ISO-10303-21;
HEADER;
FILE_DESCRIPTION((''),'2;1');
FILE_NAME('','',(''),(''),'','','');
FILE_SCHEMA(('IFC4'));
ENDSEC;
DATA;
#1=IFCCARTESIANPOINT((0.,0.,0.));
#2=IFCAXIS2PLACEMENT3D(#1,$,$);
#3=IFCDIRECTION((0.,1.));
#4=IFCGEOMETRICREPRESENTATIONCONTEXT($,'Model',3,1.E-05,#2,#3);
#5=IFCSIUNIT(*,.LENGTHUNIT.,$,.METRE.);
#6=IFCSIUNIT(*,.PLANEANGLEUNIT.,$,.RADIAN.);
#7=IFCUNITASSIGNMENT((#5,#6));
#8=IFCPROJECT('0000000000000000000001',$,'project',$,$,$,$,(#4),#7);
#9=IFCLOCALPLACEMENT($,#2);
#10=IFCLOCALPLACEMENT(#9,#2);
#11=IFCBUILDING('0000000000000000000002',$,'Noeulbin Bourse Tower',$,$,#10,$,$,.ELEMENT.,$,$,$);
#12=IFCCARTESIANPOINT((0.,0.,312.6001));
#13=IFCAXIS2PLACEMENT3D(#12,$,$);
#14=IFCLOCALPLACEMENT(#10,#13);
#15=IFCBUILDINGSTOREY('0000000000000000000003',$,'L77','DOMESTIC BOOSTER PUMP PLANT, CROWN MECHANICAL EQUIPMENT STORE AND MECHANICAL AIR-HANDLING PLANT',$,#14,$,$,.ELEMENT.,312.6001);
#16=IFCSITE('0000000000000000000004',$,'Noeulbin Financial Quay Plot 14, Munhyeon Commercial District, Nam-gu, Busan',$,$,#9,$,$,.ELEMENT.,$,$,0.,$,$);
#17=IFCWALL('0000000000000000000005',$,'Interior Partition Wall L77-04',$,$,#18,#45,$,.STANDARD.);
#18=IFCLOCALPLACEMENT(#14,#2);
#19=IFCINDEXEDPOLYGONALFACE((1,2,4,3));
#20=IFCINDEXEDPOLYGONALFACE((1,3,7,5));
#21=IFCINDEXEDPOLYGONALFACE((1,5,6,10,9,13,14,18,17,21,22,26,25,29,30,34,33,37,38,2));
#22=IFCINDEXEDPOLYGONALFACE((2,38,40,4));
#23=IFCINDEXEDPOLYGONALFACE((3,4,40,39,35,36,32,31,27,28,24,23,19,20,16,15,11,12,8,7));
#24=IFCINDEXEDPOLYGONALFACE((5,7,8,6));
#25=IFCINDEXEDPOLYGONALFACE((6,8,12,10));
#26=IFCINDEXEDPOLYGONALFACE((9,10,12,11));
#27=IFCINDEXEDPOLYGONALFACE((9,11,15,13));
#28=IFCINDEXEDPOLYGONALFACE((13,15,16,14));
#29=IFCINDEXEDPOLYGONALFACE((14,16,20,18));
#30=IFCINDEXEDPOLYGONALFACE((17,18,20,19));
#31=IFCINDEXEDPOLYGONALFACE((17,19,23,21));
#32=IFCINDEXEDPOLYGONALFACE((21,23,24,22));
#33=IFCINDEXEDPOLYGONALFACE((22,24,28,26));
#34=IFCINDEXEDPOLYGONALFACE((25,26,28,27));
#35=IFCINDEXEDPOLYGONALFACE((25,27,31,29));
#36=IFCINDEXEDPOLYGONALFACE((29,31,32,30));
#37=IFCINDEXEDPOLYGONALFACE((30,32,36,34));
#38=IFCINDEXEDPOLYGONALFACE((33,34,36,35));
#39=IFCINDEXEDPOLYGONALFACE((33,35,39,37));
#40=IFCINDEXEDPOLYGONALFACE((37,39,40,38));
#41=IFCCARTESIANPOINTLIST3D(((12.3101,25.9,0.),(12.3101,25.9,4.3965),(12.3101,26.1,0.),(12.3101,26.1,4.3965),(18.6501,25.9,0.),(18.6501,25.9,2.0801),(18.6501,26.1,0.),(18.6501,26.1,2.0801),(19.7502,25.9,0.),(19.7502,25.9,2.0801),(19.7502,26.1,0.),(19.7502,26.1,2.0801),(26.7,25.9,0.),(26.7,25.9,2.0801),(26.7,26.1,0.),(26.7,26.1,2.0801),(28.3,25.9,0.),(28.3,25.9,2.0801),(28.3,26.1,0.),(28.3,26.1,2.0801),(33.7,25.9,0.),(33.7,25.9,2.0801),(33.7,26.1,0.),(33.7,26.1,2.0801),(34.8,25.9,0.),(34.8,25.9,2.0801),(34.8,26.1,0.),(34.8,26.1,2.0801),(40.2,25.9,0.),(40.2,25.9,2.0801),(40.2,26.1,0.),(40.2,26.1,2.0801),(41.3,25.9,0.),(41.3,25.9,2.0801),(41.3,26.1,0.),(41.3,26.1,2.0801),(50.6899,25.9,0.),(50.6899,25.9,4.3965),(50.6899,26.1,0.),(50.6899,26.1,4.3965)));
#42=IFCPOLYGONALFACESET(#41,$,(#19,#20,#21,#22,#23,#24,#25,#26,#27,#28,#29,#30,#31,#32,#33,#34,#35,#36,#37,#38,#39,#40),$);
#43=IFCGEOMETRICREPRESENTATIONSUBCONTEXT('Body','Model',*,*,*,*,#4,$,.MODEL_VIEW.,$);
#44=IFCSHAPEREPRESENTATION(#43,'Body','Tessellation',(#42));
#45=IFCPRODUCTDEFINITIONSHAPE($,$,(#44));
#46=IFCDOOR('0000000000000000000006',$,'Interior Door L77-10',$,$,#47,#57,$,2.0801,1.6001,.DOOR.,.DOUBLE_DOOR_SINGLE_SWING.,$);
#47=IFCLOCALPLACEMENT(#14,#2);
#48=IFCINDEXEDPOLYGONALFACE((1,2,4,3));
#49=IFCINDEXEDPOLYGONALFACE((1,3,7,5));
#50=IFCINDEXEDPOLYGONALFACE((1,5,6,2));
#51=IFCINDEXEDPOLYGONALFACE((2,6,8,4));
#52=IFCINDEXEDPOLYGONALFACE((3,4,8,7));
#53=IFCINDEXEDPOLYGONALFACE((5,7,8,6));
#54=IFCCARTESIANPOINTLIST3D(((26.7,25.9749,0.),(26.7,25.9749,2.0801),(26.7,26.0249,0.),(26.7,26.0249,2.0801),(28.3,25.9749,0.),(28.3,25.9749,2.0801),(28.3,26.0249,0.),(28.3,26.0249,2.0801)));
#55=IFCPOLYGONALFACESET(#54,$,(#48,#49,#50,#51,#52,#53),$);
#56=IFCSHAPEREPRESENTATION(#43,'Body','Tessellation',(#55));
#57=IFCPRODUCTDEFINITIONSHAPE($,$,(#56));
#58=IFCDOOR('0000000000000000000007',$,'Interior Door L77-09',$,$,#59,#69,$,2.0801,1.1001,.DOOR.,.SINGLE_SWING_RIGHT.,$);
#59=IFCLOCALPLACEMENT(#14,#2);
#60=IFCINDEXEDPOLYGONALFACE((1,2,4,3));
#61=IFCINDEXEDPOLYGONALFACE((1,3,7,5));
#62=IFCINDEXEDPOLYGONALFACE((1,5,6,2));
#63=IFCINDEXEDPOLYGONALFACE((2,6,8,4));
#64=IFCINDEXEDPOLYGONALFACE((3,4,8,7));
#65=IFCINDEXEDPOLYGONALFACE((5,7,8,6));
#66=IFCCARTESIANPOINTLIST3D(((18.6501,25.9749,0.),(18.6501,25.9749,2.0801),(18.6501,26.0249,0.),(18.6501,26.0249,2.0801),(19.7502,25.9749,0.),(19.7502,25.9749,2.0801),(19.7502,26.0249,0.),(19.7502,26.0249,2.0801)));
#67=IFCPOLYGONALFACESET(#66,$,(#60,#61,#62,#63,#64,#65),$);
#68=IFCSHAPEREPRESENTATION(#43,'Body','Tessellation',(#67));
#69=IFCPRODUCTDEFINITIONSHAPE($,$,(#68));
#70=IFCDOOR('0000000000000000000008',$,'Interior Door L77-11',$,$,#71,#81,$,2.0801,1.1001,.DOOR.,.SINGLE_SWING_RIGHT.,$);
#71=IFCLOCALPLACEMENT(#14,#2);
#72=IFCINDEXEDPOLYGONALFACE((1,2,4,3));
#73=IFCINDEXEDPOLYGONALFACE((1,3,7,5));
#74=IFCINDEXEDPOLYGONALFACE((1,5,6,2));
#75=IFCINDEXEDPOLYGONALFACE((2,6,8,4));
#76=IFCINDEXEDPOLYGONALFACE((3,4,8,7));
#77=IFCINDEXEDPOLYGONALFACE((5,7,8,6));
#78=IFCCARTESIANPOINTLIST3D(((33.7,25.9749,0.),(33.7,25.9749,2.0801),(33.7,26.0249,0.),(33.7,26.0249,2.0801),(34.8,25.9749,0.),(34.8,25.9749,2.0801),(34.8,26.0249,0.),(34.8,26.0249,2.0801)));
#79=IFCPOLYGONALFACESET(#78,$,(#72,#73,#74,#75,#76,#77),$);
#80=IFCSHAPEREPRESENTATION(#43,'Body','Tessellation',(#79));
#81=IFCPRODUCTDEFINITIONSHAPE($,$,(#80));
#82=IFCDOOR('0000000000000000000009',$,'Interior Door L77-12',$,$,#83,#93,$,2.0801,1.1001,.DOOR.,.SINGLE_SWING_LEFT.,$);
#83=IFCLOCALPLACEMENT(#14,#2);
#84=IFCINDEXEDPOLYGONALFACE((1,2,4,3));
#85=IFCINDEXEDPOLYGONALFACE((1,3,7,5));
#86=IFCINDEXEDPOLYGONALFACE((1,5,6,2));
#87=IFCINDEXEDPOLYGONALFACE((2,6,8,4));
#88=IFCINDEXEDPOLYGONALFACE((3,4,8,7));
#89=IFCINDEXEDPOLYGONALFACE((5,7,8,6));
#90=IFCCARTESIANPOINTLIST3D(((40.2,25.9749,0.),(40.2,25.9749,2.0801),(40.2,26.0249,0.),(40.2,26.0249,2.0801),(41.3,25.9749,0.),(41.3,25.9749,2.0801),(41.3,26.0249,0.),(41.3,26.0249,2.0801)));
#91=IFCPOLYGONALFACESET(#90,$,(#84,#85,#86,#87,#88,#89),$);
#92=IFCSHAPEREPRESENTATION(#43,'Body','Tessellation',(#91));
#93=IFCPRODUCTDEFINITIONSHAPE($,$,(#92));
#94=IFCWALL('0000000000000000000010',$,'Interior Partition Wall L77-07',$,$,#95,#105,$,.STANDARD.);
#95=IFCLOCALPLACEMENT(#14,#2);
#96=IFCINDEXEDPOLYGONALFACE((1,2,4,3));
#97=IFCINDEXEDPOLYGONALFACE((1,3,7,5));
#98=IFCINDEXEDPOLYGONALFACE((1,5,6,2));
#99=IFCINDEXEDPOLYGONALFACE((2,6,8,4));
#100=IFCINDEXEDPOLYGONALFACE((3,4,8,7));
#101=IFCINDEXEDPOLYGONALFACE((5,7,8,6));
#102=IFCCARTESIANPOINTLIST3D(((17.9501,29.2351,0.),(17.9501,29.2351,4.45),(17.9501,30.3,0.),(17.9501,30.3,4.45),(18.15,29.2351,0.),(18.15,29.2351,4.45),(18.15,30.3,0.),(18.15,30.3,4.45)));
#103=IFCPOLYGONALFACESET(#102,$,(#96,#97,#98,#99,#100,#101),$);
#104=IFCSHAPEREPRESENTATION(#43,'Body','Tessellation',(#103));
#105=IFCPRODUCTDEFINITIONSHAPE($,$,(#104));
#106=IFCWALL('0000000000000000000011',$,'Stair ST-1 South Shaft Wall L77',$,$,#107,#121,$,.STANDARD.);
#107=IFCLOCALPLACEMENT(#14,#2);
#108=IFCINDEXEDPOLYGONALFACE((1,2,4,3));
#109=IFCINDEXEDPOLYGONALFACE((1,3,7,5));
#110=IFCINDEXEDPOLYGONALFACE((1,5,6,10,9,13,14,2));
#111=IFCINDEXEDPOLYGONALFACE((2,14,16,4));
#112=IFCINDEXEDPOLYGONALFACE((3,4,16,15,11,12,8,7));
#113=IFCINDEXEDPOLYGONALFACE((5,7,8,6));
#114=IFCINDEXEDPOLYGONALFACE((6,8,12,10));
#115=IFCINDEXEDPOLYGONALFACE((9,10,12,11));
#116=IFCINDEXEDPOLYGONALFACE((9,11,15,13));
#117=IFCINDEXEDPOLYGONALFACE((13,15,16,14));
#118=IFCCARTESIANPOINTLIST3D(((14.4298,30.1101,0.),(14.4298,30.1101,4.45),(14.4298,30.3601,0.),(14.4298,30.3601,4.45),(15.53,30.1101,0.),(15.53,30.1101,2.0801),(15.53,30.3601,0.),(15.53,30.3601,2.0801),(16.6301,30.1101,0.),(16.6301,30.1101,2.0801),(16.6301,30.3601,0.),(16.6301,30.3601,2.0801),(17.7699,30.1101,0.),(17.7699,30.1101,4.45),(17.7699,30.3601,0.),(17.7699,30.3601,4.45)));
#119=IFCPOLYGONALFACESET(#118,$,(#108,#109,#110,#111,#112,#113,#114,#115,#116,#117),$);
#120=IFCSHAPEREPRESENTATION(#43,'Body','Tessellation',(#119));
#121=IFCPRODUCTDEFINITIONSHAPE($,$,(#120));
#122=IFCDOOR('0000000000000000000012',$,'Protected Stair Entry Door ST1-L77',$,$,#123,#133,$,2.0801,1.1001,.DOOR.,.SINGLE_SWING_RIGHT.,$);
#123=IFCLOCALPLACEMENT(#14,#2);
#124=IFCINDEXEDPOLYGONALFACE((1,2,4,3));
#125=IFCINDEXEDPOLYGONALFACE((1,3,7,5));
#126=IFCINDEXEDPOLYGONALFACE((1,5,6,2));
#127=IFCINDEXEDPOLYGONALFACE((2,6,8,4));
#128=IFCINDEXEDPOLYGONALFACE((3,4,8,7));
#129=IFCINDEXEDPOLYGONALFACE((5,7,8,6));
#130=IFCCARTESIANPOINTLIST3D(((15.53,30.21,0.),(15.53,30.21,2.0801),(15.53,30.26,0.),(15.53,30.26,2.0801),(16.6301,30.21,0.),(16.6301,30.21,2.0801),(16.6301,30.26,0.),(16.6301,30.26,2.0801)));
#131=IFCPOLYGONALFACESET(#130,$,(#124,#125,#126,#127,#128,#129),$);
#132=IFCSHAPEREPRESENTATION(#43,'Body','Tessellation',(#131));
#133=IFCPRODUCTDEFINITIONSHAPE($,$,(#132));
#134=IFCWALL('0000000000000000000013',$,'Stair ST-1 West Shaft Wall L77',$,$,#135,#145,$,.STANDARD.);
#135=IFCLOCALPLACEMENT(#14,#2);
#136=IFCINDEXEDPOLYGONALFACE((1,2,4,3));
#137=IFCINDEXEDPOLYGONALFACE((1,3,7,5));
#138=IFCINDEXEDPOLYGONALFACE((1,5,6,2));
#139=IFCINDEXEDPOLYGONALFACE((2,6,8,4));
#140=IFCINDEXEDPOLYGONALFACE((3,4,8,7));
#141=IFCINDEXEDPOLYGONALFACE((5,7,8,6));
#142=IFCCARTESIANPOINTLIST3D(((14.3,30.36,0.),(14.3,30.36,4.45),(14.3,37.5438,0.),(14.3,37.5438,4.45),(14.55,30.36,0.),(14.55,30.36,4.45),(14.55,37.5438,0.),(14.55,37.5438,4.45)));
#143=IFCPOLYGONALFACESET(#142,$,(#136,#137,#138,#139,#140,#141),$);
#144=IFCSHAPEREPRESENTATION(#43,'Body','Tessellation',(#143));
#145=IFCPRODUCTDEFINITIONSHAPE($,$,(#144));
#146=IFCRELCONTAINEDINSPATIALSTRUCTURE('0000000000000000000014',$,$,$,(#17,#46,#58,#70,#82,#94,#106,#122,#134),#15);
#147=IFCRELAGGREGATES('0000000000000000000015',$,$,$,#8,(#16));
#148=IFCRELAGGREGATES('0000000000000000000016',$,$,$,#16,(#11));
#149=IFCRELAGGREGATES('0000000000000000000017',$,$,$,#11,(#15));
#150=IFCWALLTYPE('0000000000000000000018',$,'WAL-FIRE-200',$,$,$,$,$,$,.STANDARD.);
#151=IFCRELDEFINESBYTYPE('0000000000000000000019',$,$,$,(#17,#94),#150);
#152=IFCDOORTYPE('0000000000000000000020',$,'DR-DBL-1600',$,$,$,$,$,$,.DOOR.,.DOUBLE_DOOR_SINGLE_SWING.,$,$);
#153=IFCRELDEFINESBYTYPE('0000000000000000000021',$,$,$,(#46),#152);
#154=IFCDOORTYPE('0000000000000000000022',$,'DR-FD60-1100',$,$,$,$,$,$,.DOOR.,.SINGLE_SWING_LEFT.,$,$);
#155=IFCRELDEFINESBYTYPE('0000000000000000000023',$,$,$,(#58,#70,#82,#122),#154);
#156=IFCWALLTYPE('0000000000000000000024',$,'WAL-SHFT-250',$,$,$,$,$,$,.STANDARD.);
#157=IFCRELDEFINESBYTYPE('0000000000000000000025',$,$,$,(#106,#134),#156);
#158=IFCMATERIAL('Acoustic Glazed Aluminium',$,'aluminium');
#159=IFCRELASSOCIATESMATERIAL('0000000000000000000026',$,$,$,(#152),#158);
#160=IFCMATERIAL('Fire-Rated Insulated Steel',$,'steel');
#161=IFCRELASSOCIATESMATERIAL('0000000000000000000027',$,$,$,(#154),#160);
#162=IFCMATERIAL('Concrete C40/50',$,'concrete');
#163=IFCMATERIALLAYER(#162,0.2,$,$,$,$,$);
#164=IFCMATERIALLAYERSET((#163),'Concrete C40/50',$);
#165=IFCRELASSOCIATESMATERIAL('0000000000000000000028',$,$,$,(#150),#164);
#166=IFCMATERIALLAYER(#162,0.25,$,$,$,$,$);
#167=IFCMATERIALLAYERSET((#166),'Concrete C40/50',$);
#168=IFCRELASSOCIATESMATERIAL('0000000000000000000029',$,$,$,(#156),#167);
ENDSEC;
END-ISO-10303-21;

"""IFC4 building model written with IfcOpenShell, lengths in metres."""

from ifc_helpers import new_model, si_unit, direction, frame, frame_2d, origin, place, context, subcontext, project, spatial, rectangle, extrude, material, layer, layer_set, type_object, element, fill, save


model = new_model("IFC4")

# Units and contexts
model_context = context("Model", 3, precision=1e-05, world=origin(), true_north=direction((0.0, 1.0)))
body_context = subcontext(model_context, "Body", "Model", "MODEL_VIEW")
ifc_project = project(units=[si_unit("LENGTHUNIT", "METRE"), si_unit("PLANEANGLEUNIT", "RADIAN")], contexts=[model_context])

# Site, building, storey
site_placement = place(None, origin())
site = spatial("IfcSite", under=ifc_project, at=site_placement, Name="Noeulbin Financial Quay Plot 14, Munhyeon Commercial District, Nam-gu, Busan", CompositionType="ELEMENT", RefElevation=0.0)
building_placement = place(site_placement, origin())
building = spatial("IfcBuilding", under=site, at=building_placement, Name="Noeulbin Bourse Tower", CompositionType="ELEMENT")
storey_placement = place(building_placement, frame((0.0, 0.0, 312.6001)))
storey = spatial("IfcBuildingStorey", under=building, at=storey_placement, Name="L77", Description="DOMESTIC BOOSTER PUMP PLANT, CROWN MECHANICAL EQUIPMENT STORE AND MECHANICAL AIR-HANDLING PLANT", CompositionType="ELEMENT", Elevation=312.6001)

# Shared definitions
ifc_material_1 = material(Name="Acoustic Glazed Aluminium", Category="aluminium")
door_type_1 = type_object("IfcDoorType", Name="DR-DBL-1600", OperationType="DOUBLE_DOOR_SINGLE_SWING", PredefinedType="DOOR", material=ifc_material_1)
ifc_material_2 = material(Name="Fire-Rated Insulated Steel", Category="steel")
door_type_2 = type_object("IfcDoorType", Name="DR-FD60-1100", OperationType="SINGLE_SWING_LEFT", PredefinedType="DOOR", material=ifc_material_2)

# Wall, openings, doors
ifc_material_3 = material(Name="Concrete C40/50", Category="concrete")
ifc_layer_1 = layer(ifc_material_3, 0.2)
ifc_layer_set_1 = layer_set([ifc_layer_1], Name="Concrete C40/50")
wall_type_1 = type_object("IfcWallType", Name="WAL-FIRE-200", PredefinedType="STANDARD", material=ifc_layer_set_1)
wall_1_placement = place(storey_placement, frame((12.3101, 26.0, 0.0), z_axis=(0.0, 0.0, 1.0), x_axis=(1.0, 0.0, 0.0)))
wall_1 = element("IfcWall", 1, at=wall_1_placement, inside=storey, type_object=wall_type_1, Name="Interior Partition Wall L77-04", PredefinedType="STANDARD", context=body_context, shape_type="SweptSolid", body=[
    extrude(rectangle(XDim=38.3799, YDim=0.2, at=frame_2d((19.1899, 0.0))), origin(), (0.0, 0.0, 1.0), 4.3965),
])
opening_1_placement = place(wall_1_placement, frame((6.3401, 0.0, 0.0)))
opening_1 = element("IfcOpeningElement", 2, at=opening_1_placement, cuts=wall_1, PredefinedType="OPENING", context=body_context, shape_type="SweptSolid", body=[
    extrude(rectangle(XDim=1.1001, YDim=2.0801, at=frame_2d((0.55, 1.04))), frame((0.0, 0.1099, 0.0), z_axis=(0.0, -1.0, 0.0), x_axis=(1.0, 0.0, 0.0)), (0.0, 0.0, 1.0), 0.22),
])
opening_2_placement = place(wall_1_placement, frame((14.3899, 0.0, 0.0)))
opening_2 = element("IfcOpeningElement", 3, at=opening_2_placement, cuts=wall_1, PredefinedType="OPENING", context=body_context, shape_type="SweptSolid", body=[
    extrude(rectangle(XDim=1.6001, YDim=2.0801, at=frame_2d((0.8, 1.04))), frame((0.0, 0.1099, 0.0), z_axis=(0.0, -1.0, 0.0), x_axis=(1.0, 0.0, 0.0)), (0.0, 0.0, 1.0), 0.22),
])
opening_3_placement = place(wall_1_placement, frame((21.3899, 0.0, 0.0)))
opening_3 = element("IfcOpeningElement", 4, at=opening_3_placement, cuts=wall_1, PredefinedType="OPENING", context=body_context, shape_type="SweptSolid", body=[
    extrude(rectangle(XDim=1.1001, YDim=2.0801, at=frame_2d((0.55, 1.04))), frame((0.0, 0.1099, 0.0), z_axis=(0.0, -1.0, 0.0), x_axis=(1.0, 0.0, 0.0)), (0.0, 0.0, 1.0), 0.22),
])
opening_4_placement = place(wall_1_placement, frame((27.8899, 0.0, 0.0)))
opening_4 = element("IfcOpeningElement", 5, at=opening_4_placement, cuts=wall_1, PredefinedType="OPENING", context=body_context, shape_type="SweptSolid", body=[
    extrude(rectangle(XDim=1.1001, YDim=2.0801, at=frame_2d((0.55, 1.04))), frame((0.0, 0.1099, 0.0), z_axis=(0.0, -1.0, 0.0), x_axis=(1.0, 0.0, 0.0)), (0.0, 0.0, 1.0), 0.22),
])
door_1_placement = place(opening_2_placement, origin())
door_1 = element("IfcDoor", 6, at=door_1_placement, inside=storey, type_object=door_type_1, Name="Interior Door L77-10", OperationType="DOUBLE_DOOR_SINGLE_SWING", OverallHeight=2.0801, OverallWidth=1.6001, PredefinedType="DOOR", context=body_context, shape_type="SweptSolid", body=[
    extrude(rectangle(XDim=1.6001, YDim=2.0801, at=frame_2d((0.8, 1.04))), frame((0.0, 0.0249, 0.0), z_axis=(0.0, -1.0, 0.0), x_axis=(1.0, 0.0, 0.0)), (0.0, 0.0, 1.0), 0.05),
])
fill(opening_2, door_1)
door_2_placement = place(opening_1_placement, origin())
door_2 = element("IfcDoor", 7, at=door_2_placement, inside=storey, type_object=door_type_2, Name="Interior Door L77-09", OperationType="SINGLE_SWING_RIGHT", OverallHeight=2.0801, OverallWidth=1.1001, PredefinedType="DOOR", context=body_context, shape_type="SweptSolid", body=[
    extrude(rectangle(XDim=1.1001, YDim=2.0801, at=frame_2d((0.55, 1.04))), frame((0.0, 0.0249, 0.0), z_axis=(0.0, -1.0, 0.0), x_axis=(1.0, 0.0, 0.0)), (0.0, 0.0, 1.0), 0.05),
])
fill(opening_1, door_2)
door_3_placement = place(opening_3_placement, origin())
door_3 = element("IfcDoor", 8, at=door_3_placement, inside=storey, type_object=door_type_2, Name="Interior Door L77-11", OperationType="SINGLE_SWING_RIGHT", OverallHeight=2.0801, OverallWidth=1.1001, PredefinedType="DOOR", context=body_context, shape_type="SweptSolid", body=[
    extrude(rectangle(XDim=1.1001, YDim=2.0801, at=frame_2d((0.55, 1.04))), frame((0.0, 0.0249, 0.0), z_axis=(0.0, -1.0, 0.0), x_axis=(1.0, 0.0, 0.0)), (0.0, 0.0, 1.0), 0.05),
])
fill(opening_3, door_3)
door_4_placement = place(opening_4_placement, origin())
door_4 = element("IfcDoor", 9, at=door_4_placement, inside=storey, type_object=door_type_2, Name="Interior Door L77-12", OperationType="SINGLE_SWING_LEFT", OverallHeight=2.0801, OverallWidth=1.1001, PredefinedType="DOOR", context=body_context, shape_type="SweptSolid", body=[
    extrude(rectangle(XDim=1.1001, YDim=2.0801, at=frame_2d((0.55, 1.04))), frame((0.0, 0.0249, 0.0), z_axis=(0.0, -1.0, 0.0), x_axis=(1.0, 0.0, 0.0)), (0.0, 0.0, 1.0), 0.05),
])
fill(opening_4, door_4)

# Wall
wall_2_placement = place(storey_placement, frame((18.05, 29.2351, 0.0), z_axis=(0.0, 0.0, 1.0), x_axis=(0.0, 1.0, 0.0)))
element("IfcWall", 10, at=wall_2_placement, inside=storey, type_object=wall_type_1, Name="Interior Partition Wall L77-07", PredefinedType="STANDARD", context=body_context, shape_type="SweptSolid", body=[
    extrude(rectangle(XDim=1.0649, YDim=0.2, at=frame_2d((0.5325, 0.0))), origin(), (0.0, 0.0, 1.0), 4.45),
])

# Wall, opening, door
ifc_layer_2 = layer(ifc_material_3, 0.25)
ifc_layer_set_2 = layer_set([ifc_layer_2], Name="Concrete C40/50")
wall_type_2 = type_object("IfcWallType", Name="WAL-SHFT-250", PredefinedType="STANDARD", material=ifc_layer_set_2)
wall_3_placement = place(storey_placement, frame((14.4299, 30.2351, 0.0), z_axis=(0.0, 0.0, 1.0), x_axis=(1.0, 0.0, 0.0)))
wall_3 = element("IfcWall", 11, at=wall_3_placement, inside=storey, type_object=wall_type_2, Name="Stair ST-1 South Shaft Wall L77", PredefinedType="STANDARD", context=body_context, shape_type="SweptSolid", body=[
    extrude(rectangle(XDim=3.3401, YDim=0.25, at=frame_2d((1.6699, 0.0))), origin(), (0.0, 0.0, 1.0), 4.45),
])
opening_5_placement = place(wall_3_placement, frame((1.1001, 0.0, 0.0)))
opening_5 = element("IfcOpeningElement", 12, at=opening_5_placement, cuts=wall_3, PredefinedType="OPENING", context=body_context, shape_type="SweptSolid", body=[
    extrude(rectangle(XDim=1.1001, YDim=2.0801, at=frame_2d((0.55, 1.04))), frame((0.0, 0.135, 0.0), z_axis=(0.0, -1.0, 0.0), x_axis=(1.0, 0.0, 0.0)), (0.0, 0.0, 1.0), 0.27),
])
door_5_placement = place(opening_5_placement, origin())
door_5 = element("IfcDoor", 13, at=door_5_placement, inside=storey, type_object=door_type_2, Name="Protected Stair Entry Door ST1-L77", OperationType="SINGLE_SWING_RIGHT", OverallHeight=2.0801, OverallWidth=1.1001, PredefinedType="DOOR", context=body_context, shape_type="SweptSolid", body=[
    extrude(rectangle(XDim=1.1001, YDim=2.0801, at=frame_2d((0.55, 1.04))), frame((0.0, 0.0249, 0.0), z_axis=(0.0, -1.0, 0.0), x_axis=(1.0, 0.0, 0.0)), (0.0, 0.0, 1.0), 0.05),
])
fill(opening_5, door_5)

# Wall
wall_4_placement = place(storey_placement, frame((14.425, 30.3601, 0.0), z_axis=(0.0, 0.0, 1.0), x_axis=(0.0, 1.0, 0.0)))
element("IfcWall", 14, at=wall_4_placement, inside=storey, type_object=wall_type_2, Name="Stair ST-1 West Shaft Wall L77", PredefinedType="STANDARD", context=body_context, shape_type="SweptSolid", body=[
    extrude(rectangle(XDim=7.1838, YDim=0.25, at=frame_2d((3.5918, 0.0))), origin(), (0.0, 0.0, 1.0), 4.45),
])

save(model, "model.ifc")
